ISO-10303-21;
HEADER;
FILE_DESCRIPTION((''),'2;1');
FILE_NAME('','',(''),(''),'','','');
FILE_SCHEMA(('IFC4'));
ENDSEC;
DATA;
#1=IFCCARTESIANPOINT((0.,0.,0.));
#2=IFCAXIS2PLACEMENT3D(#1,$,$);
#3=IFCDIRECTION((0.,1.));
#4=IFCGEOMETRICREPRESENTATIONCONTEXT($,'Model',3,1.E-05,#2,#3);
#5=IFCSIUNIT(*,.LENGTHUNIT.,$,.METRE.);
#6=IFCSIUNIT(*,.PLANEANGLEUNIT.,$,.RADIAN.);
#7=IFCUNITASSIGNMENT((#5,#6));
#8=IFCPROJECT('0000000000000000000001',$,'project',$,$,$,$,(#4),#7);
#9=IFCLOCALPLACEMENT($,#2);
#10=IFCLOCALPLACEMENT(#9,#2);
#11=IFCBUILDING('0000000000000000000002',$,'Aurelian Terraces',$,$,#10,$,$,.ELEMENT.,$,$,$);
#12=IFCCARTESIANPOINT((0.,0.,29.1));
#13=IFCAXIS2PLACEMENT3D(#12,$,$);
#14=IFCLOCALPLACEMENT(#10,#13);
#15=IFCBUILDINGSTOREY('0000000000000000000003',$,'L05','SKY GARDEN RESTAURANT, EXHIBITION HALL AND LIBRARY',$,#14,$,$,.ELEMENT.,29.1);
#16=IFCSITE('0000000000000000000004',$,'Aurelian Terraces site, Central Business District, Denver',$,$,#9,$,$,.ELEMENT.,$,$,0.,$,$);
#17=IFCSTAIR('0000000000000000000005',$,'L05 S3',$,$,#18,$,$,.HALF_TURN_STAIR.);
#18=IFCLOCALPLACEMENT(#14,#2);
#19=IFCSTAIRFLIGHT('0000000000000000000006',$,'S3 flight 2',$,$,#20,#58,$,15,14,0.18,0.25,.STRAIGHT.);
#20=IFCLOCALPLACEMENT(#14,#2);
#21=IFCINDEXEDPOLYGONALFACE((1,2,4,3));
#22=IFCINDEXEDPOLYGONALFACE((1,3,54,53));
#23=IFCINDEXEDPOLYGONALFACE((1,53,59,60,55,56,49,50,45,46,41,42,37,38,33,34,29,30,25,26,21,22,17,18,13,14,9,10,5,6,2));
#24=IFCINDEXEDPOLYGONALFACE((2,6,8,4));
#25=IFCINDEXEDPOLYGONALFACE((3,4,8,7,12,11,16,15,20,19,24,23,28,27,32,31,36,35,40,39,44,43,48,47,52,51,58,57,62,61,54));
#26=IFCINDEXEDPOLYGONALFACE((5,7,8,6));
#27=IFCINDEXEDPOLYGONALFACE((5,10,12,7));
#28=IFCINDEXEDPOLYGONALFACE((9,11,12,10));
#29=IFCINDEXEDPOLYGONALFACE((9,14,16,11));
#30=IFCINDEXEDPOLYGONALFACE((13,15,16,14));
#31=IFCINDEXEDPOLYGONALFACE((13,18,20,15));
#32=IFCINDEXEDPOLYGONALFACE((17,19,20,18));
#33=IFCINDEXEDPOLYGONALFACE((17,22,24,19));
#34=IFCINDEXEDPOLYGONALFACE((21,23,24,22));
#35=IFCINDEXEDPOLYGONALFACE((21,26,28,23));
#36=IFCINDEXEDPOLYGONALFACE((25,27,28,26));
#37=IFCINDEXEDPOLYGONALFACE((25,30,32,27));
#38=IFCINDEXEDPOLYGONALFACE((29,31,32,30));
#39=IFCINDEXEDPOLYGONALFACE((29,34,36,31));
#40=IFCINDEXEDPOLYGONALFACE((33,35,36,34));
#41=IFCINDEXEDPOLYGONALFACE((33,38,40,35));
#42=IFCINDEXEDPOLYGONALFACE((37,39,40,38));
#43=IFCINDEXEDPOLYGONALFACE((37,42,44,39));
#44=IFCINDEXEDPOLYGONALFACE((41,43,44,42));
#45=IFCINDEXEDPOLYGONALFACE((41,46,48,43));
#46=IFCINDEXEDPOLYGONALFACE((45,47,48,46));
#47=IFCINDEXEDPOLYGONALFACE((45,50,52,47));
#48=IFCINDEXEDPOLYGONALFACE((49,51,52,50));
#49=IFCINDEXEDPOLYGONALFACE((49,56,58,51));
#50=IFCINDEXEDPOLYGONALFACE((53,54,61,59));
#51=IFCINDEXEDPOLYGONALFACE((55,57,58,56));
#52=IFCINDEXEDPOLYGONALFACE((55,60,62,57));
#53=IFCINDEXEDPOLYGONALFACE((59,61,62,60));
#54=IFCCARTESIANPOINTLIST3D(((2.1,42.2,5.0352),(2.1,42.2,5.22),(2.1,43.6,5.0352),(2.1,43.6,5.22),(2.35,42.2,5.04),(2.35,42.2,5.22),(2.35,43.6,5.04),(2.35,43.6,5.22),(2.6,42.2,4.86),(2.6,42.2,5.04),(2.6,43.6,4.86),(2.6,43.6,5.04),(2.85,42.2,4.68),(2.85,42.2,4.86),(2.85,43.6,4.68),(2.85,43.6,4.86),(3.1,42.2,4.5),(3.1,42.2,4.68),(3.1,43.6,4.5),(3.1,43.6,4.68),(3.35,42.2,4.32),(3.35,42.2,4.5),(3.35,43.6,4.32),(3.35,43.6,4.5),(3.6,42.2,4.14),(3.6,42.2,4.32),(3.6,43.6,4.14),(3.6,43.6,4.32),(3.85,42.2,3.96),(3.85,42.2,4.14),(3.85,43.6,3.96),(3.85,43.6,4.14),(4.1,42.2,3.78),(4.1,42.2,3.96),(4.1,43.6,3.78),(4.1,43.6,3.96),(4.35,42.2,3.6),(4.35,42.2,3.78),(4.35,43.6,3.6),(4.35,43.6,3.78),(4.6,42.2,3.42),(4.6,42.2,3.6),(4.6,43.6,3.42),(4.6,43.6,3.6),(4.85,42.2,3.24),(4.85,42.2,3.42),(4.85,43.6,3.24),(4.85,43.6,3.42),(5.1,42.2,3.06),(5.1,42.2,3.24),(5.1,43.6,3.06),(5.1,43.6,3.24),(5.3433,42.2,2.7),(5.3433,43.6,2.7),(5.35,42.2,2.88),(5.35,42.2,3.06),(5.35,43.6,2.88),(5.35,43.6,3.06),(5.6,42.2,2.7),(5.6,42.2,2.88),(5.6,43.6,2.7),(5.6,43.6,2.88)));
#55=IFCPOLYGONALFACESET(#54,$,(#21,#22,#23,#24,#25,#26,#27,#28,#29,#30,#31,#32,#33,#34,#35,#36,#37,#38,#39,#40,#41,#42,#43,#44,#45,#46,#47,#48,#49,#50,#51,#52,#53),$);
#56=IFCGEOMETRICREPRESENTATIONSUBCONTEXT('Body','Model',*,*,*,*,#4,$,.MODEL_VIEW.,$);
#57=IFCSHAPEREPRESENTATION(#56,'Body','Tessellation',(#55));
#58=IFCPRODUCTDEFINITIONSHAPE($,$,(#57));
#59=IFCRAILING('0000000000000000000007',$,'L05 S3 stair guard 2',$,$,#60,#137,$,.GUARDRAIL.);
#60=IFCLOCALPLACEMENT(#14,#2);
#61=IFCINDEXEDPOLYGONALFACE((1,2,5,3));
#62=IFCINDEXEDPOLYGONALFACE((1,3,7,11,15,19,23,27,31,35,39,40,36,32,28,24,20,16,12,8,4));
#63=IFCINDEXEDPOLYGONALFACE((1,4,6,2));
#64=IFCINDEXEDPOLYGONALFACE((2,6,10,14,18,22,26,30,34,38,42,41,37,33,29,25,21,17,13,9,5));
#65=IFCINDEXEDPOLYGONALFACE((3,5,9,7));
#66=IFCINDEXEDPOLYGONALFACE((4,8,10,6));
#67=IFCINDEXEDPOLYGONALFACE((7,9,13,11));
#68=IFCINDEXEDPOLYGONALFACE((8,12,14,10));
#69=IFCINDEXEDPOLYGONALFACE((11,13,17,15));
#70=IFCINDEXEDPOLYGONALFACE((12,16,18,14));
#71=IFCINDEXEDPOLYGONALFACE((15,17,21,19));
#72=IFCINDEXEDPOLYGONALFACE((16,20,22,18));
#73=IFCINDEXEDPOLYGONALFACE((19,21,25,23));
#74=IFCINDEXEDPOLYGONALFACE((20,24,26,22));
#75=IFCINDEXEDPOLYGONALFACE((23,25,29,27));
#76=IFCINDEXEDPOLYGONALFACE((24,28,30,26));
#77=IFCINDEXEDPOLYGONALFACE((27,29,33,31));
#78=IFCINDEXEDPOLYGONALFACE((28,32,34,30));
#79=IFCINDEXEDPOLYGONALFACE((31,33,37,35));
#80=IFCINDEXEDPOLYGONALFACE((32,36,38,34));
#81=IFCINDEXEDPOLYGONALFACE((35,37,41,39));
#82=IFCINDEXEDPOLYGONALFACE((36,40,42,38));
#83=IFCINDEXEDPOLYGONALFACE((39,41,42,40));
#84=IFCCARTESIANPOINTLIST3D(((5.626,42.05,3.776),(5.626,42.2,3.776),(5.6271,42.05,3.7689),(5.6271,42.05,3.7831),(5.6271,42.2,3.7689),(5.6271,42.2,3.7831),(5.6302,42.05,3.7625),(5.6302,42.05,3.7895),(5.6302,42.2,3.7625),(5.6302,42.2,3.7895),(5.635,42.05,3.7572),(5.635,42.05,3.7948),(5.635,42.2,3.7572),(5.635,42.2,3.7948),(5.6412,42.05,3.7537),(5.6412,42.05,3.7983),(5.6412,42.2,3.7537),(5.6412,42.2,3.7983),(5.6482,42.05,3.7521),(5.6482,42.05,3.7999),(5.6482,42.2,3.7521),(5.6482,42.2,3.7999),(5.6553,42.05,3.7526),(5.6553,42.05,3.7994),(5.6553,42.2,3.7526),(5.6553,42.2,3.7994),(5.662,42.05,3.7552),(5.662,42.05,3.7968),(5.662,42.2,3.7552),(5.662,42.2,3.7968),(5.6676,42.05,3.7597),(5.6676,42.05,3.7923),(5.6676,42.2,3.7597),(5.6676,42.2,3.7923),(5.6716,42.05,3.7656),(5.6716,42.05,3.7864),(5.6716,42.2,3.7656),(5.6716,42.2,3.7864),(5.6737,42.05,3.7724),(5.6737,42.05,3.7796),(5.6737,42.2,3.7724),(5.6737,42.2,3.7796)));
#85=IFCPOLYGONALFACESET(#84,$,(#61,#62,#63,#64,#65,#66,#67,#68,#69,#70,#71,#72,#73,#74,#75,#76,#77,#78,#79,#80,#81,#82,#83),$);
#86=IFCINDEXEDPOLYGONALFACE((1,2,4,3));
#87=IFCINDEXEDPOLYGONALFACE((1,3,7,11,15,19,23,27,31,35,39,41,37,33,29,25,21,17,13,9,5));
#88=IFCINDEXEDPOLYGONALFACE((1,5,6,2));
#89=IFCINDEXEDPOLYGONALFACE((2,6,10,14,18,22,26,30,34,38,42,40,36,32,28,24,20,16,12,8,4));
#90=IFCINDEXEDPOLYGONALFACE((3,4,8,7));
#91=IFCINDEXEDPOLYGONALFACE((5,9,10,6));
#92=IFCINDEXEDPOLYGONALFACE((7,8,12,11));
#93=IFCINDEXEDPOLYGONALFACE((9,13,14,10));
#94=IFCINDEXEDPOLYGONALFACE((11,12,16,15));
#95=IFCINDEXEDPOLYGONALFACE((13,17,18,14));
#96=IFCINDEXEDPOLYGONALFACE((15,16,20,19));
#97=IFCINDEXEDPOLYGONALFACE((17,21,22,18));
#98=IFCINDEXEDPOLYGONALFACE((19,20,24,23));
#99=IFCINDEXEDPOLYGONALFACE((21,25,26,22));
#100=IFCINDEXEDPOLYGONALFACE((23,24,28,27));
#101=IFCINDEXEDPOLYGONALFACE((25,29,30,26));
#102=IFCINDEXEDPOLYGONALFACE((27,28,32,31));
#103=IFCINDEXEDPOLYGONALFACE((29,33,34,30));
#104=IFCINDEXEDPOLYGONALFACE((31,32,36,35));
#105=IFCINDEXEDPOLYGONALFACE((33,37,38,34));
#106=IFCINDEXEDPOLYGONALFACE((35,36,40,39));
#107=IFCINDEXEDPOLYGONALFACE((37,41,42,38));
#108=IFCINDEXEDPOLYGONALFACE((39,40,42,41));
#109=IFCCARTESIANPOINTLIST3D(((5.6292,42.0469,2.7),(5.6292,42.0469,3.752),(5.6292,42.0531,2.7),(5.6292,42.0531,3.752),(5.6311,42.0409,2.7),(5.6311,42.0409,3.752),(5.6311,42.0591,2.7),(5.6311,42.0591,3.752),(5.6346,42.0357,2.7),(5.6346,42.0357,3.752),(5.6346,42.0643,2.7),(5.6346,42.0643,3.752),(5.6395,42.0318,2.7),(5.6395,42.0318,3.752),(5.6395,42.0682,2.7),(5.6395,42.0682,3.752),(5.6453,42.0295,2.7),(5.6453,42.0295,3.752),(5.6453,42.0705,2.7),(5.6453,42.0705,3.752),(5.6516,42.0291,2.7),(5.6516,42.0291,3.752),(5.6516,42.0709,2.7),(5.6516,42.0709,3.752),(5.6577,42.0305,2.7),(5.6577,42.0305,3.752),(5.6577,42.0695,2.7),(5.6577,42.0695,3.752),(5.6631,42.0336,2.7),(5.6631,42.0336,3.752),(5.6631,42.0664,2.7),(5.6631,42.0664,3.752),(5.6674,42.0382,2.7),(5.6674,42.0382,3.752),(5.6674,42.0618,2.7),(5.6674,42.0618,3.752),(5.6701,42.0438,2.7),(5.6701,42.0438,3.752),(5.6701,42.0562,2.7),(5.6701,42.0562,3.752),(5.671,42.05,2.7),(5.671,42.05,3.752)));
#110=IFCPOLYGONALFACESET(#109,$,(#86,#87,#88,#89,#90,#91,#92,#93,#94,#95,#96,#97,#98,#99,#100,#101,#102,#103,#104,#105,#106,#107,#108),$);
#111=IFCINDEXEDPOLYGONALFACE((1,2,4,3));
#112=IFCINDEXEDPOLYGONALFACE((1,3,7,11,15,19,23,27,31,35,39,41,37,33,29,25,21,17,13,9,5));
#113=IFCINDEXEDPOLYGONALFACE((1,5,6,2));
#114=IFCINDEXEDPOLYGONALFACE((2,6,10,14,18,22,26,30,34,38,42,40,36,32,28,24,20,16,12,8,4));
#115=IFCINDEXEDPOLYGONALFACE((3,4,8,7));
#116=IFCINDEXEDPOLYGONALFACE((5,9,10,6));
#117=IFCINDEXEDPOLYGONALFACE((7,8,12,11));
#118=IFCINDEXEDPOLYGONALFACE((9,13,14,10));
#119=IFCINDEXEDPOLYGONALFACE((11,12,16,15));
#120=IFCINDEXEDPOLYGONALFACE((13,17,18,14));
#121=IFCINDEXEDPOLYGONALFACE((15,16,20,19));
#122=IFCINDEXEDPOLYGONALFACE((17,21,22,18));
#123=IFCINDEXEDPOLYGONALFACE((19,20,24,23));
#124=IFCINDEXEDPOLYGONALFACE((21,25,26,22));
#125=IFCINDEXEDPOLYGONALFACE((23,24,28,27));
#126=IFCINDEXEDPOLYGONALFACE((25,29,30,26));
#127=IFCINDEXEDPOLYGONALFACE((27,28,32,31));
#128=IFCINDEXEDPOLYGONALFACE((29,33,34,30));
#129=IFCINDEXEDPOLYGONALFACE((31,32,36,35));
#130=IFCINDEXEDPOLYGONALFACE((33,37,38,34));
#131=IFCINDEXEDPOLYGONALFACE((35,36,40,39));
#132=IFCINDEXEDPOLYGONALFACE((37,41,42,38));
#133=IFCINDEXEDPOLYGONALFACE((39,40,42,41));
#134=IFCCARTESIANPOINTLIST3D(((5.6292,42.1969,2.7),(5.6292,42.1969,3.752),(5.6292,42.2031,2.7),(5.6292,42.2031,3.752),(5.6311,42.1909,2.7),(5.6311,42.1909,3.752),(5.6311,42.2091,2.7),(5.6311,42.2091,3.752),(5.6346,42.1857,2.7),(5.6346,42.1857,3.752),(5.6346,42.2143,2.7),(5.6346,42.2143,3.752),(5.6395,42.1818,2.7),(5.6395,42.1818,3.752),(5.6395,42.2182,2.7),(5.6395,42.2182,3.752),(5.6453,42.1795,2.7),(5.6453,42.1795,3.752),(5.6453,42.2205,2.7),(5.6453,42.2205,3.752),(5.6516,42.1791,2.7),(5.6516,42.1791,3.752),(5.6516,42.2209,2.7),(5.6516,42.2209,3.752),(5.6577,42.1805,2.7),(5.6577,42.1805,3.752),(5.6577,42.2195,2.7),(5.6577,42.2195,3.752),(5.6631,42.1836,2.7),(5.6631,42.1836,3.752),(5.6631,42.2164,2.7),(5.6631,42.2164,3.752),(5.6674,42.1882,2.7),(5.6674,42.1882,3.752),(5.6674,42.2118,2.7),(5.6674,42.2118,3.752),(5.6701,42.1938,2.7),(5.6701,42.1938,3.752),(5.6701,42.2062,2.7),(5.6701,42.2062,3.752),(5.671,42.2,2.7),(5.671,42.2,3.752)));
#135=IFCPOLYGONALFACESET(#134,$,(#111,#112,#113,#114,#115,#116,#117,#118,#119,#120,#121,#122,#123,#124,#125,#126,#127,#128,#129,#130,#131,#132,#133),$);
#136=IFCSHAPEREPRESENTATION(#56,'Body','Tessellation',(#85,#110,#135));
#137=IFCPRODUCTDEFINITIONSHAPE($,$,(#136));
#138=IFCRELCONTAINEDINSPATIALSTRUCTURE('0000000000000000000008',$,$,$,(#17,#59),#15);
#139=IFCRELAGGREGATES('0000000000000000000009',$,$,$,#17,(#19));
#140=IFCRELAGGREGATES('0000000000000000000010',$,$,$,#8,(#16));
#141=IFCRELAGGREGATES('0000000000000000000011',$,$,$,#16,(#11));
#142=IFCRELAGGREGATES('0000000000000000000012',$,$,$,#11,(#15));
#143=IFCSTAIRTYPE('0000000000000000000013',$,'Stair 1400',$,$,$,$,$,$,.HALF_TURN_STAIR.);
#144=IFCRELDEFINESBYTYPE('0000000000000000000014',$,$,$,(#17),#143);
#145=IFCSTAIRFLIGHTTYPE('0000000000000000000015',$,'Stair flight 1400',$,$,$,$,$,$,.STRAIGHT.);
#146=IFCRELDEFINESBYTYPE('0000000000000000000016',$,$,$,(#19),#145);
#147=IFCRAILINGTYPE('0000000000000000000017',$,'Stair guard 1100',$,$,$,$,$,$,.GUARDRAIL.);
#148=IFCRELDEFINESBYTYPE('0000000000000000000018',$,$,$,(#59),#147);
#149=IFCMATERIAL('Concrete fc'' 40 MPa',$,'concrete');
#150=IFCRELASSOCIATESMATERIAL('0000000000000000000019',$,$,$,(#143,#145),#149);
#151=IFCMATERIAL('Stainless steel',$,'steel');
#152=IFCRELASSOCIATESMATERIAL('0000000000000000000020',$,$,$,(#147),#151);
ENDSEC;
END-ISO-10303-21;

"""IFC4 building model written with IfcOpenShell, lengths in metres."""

from ifc_helpers import new_model, si_unit, direction, frame, origin, origin_2d, place, context, subcontext, project, spatial, polyline, circle, outline, extrude, source, transform, mapped, material, type_object, element, aggregate, save


model = new_model("IFC4")

# Units and contexts
model_context = context("Model", 3, precision=1e-05, world=origin(), true_north=direction((0.0, 1.0)))
body_context = subcontext(model_context, "Body", "Model", "MODEL_VIEW")
ifc_project = project(units=[si_unit("LENGTHUNIT", "METRE"), si_unit("PLANEANGLEUNIT", "RADIAN")], contexts=[model_context])

# Site, building, storey
site_placement = place(None, origin())
site = spatial("IfcSite", under=ifc_project, at=site_placement, Name="Aurelian Terraces site, Central Business District, Denver", CompositionType="ELEMENT", RefElevation=0.0)
building_placement = place(site_placement, origin())
building = spatial("IfcBuilding", under=site, at=building_placement, Name="Aurelian Terraces", CompositionType="ELEMENT")
storey_placement = place(building_placement, frame((0.0, 0.0, 29.1)))
storey = spatial("IfcBuildingStorey", under=building, at=storey_placement, Name="L05", Description="SKY GARDEN RESTAURANT, EXHIBITION HALL AND LIBRARY", CompositionType="ELEMENT", Elevation=29.1)

# Shared definitions
ifc_material_1 = material(Name="Concrete fc' 40 MPa", Category="concrete")

# Stair, stair flight
stair_type = type_object("IfcStairType", Name="Stair 1400", PredefinedType="HALF_TURN_STAIR", material=ifc_material_1)
stair_placement = place(storey_placement, origin())
stair = element("IfcStair", 1, at=stair_placement, inside=storey, type_object=stair_type, Name="L05 S3", PredefinedType="HALF_TURN_STAIR")
stair_flight_type = type_object("IfcStairFlightType", Name="Stair flight 1400", PredefinedType="STRAIGHT", material=ifc_material_1)
shared_shape_1 = source(origin(), body_context, "Body", "SweptSolid", [
    extrude(outline(polyline([(0.0, 0.0), (0.0, 0.18), (0.25, 0.18), (0.25, 0.36), (0.5, 0.36), (0.5, 0.54), (0.75, 0.54), (0.75, 0.72), (1.0, 0.72), (1.0, 0.9), (1.25, 0.9), (1.25, 1.08), (1.5, 1.08), (1.5, 1.26), (1.75, 1.26), (1.75, 1.44), (2.0, 1.44), (2.0, 1.62), (2.25, 1.62), (2.25, 1.8), (2.5, 1.8), (2.5, 1.98), (2.75, 1.98), (2.75, 2.16), (3.0, 2.16), (3.0, 2.34), (3.25, 2.34), (3.25, 2.52), (3.5, 2.52), (3.5, 2.7), (3.5, 2.3352), (0.2567, 0.0), (0.0, 0.0)])), frame((0.0, 0.7, 0.0), z_axis=(0.0, -1.0, 0.0), x_axis=(1.0, 0.0, 0.0)), (0.0, 0.0, 1.0), 1.4),
])
stair_flight_placement = place(storey_placement, frame((5.6, 42.9, 2.7), z_axis=(0.0, 0.0, 1.0), x_axis=(-1.0, 0.0, 0.0)))
stair_flight = element("IfcStairFlight", 2, at=stair_flight_placement, type_object=stair_flight_type, Name="S3 flight 2", NumberOfRisers=15, NumberOfTreads=14, PredefinedType="STRAIGHT", RiserHeight=0.18, TreadLength=0.25, context=body_context, shape_type="MappedRepresentation", body=[
    mapped(shared_shape_1, transform((0.0, 0.0, 0.0), scale=1.0)),
])
aggregate(stair, [stair_flight])

# Railing
ifc_material_2 = material(Name="Stainless steel", Category="steel")
railing_type_1 = type_object("IfcRailingType", Name="Stair guard 1100", PredefinedType="GUARDRAIL", material=ifc_material_2)
shared_shape_2 = source(origin(), body_context, "Body", "SweptSolid", [
    extrude(circle(Radius=0.024, at=origin_2d()), frame((0.0, 0.0, 1.076), z_axis=(0.0, 1.0, 0.0), x_axis=(-1.0, 0.0, 0.0)), (0.0, 0.0, 1.0), 0.15),
    extrude(circle(Radius=0.021, at=origin_2d()), origin(), (0.0, 0.0, 1.0), 1.052),
    extrude(circle(Radius=0.021, at=origin_2d()), frame((0.0, 0.15, 0.0)), (0.0, 0.0, 1.0), 1.052),
])
for number, where, name in (
    (3, (5.65, 42.05, 2.7), "L05 S3 stair guard 2"),
):
    element("IfcRailing", number, at=place(storey_placement, frame(where)), inside=storey, type_object=railing_type_1, Name=name, PredefinedType="GUARDRAIL", context=body_context, shape_type="MappedRepresentation", body=[
        mapped(shared_shape_2, transform((0.0, 0.0, 0.0), scale=1.0)),
    ])

save(model, "model.ifc")
